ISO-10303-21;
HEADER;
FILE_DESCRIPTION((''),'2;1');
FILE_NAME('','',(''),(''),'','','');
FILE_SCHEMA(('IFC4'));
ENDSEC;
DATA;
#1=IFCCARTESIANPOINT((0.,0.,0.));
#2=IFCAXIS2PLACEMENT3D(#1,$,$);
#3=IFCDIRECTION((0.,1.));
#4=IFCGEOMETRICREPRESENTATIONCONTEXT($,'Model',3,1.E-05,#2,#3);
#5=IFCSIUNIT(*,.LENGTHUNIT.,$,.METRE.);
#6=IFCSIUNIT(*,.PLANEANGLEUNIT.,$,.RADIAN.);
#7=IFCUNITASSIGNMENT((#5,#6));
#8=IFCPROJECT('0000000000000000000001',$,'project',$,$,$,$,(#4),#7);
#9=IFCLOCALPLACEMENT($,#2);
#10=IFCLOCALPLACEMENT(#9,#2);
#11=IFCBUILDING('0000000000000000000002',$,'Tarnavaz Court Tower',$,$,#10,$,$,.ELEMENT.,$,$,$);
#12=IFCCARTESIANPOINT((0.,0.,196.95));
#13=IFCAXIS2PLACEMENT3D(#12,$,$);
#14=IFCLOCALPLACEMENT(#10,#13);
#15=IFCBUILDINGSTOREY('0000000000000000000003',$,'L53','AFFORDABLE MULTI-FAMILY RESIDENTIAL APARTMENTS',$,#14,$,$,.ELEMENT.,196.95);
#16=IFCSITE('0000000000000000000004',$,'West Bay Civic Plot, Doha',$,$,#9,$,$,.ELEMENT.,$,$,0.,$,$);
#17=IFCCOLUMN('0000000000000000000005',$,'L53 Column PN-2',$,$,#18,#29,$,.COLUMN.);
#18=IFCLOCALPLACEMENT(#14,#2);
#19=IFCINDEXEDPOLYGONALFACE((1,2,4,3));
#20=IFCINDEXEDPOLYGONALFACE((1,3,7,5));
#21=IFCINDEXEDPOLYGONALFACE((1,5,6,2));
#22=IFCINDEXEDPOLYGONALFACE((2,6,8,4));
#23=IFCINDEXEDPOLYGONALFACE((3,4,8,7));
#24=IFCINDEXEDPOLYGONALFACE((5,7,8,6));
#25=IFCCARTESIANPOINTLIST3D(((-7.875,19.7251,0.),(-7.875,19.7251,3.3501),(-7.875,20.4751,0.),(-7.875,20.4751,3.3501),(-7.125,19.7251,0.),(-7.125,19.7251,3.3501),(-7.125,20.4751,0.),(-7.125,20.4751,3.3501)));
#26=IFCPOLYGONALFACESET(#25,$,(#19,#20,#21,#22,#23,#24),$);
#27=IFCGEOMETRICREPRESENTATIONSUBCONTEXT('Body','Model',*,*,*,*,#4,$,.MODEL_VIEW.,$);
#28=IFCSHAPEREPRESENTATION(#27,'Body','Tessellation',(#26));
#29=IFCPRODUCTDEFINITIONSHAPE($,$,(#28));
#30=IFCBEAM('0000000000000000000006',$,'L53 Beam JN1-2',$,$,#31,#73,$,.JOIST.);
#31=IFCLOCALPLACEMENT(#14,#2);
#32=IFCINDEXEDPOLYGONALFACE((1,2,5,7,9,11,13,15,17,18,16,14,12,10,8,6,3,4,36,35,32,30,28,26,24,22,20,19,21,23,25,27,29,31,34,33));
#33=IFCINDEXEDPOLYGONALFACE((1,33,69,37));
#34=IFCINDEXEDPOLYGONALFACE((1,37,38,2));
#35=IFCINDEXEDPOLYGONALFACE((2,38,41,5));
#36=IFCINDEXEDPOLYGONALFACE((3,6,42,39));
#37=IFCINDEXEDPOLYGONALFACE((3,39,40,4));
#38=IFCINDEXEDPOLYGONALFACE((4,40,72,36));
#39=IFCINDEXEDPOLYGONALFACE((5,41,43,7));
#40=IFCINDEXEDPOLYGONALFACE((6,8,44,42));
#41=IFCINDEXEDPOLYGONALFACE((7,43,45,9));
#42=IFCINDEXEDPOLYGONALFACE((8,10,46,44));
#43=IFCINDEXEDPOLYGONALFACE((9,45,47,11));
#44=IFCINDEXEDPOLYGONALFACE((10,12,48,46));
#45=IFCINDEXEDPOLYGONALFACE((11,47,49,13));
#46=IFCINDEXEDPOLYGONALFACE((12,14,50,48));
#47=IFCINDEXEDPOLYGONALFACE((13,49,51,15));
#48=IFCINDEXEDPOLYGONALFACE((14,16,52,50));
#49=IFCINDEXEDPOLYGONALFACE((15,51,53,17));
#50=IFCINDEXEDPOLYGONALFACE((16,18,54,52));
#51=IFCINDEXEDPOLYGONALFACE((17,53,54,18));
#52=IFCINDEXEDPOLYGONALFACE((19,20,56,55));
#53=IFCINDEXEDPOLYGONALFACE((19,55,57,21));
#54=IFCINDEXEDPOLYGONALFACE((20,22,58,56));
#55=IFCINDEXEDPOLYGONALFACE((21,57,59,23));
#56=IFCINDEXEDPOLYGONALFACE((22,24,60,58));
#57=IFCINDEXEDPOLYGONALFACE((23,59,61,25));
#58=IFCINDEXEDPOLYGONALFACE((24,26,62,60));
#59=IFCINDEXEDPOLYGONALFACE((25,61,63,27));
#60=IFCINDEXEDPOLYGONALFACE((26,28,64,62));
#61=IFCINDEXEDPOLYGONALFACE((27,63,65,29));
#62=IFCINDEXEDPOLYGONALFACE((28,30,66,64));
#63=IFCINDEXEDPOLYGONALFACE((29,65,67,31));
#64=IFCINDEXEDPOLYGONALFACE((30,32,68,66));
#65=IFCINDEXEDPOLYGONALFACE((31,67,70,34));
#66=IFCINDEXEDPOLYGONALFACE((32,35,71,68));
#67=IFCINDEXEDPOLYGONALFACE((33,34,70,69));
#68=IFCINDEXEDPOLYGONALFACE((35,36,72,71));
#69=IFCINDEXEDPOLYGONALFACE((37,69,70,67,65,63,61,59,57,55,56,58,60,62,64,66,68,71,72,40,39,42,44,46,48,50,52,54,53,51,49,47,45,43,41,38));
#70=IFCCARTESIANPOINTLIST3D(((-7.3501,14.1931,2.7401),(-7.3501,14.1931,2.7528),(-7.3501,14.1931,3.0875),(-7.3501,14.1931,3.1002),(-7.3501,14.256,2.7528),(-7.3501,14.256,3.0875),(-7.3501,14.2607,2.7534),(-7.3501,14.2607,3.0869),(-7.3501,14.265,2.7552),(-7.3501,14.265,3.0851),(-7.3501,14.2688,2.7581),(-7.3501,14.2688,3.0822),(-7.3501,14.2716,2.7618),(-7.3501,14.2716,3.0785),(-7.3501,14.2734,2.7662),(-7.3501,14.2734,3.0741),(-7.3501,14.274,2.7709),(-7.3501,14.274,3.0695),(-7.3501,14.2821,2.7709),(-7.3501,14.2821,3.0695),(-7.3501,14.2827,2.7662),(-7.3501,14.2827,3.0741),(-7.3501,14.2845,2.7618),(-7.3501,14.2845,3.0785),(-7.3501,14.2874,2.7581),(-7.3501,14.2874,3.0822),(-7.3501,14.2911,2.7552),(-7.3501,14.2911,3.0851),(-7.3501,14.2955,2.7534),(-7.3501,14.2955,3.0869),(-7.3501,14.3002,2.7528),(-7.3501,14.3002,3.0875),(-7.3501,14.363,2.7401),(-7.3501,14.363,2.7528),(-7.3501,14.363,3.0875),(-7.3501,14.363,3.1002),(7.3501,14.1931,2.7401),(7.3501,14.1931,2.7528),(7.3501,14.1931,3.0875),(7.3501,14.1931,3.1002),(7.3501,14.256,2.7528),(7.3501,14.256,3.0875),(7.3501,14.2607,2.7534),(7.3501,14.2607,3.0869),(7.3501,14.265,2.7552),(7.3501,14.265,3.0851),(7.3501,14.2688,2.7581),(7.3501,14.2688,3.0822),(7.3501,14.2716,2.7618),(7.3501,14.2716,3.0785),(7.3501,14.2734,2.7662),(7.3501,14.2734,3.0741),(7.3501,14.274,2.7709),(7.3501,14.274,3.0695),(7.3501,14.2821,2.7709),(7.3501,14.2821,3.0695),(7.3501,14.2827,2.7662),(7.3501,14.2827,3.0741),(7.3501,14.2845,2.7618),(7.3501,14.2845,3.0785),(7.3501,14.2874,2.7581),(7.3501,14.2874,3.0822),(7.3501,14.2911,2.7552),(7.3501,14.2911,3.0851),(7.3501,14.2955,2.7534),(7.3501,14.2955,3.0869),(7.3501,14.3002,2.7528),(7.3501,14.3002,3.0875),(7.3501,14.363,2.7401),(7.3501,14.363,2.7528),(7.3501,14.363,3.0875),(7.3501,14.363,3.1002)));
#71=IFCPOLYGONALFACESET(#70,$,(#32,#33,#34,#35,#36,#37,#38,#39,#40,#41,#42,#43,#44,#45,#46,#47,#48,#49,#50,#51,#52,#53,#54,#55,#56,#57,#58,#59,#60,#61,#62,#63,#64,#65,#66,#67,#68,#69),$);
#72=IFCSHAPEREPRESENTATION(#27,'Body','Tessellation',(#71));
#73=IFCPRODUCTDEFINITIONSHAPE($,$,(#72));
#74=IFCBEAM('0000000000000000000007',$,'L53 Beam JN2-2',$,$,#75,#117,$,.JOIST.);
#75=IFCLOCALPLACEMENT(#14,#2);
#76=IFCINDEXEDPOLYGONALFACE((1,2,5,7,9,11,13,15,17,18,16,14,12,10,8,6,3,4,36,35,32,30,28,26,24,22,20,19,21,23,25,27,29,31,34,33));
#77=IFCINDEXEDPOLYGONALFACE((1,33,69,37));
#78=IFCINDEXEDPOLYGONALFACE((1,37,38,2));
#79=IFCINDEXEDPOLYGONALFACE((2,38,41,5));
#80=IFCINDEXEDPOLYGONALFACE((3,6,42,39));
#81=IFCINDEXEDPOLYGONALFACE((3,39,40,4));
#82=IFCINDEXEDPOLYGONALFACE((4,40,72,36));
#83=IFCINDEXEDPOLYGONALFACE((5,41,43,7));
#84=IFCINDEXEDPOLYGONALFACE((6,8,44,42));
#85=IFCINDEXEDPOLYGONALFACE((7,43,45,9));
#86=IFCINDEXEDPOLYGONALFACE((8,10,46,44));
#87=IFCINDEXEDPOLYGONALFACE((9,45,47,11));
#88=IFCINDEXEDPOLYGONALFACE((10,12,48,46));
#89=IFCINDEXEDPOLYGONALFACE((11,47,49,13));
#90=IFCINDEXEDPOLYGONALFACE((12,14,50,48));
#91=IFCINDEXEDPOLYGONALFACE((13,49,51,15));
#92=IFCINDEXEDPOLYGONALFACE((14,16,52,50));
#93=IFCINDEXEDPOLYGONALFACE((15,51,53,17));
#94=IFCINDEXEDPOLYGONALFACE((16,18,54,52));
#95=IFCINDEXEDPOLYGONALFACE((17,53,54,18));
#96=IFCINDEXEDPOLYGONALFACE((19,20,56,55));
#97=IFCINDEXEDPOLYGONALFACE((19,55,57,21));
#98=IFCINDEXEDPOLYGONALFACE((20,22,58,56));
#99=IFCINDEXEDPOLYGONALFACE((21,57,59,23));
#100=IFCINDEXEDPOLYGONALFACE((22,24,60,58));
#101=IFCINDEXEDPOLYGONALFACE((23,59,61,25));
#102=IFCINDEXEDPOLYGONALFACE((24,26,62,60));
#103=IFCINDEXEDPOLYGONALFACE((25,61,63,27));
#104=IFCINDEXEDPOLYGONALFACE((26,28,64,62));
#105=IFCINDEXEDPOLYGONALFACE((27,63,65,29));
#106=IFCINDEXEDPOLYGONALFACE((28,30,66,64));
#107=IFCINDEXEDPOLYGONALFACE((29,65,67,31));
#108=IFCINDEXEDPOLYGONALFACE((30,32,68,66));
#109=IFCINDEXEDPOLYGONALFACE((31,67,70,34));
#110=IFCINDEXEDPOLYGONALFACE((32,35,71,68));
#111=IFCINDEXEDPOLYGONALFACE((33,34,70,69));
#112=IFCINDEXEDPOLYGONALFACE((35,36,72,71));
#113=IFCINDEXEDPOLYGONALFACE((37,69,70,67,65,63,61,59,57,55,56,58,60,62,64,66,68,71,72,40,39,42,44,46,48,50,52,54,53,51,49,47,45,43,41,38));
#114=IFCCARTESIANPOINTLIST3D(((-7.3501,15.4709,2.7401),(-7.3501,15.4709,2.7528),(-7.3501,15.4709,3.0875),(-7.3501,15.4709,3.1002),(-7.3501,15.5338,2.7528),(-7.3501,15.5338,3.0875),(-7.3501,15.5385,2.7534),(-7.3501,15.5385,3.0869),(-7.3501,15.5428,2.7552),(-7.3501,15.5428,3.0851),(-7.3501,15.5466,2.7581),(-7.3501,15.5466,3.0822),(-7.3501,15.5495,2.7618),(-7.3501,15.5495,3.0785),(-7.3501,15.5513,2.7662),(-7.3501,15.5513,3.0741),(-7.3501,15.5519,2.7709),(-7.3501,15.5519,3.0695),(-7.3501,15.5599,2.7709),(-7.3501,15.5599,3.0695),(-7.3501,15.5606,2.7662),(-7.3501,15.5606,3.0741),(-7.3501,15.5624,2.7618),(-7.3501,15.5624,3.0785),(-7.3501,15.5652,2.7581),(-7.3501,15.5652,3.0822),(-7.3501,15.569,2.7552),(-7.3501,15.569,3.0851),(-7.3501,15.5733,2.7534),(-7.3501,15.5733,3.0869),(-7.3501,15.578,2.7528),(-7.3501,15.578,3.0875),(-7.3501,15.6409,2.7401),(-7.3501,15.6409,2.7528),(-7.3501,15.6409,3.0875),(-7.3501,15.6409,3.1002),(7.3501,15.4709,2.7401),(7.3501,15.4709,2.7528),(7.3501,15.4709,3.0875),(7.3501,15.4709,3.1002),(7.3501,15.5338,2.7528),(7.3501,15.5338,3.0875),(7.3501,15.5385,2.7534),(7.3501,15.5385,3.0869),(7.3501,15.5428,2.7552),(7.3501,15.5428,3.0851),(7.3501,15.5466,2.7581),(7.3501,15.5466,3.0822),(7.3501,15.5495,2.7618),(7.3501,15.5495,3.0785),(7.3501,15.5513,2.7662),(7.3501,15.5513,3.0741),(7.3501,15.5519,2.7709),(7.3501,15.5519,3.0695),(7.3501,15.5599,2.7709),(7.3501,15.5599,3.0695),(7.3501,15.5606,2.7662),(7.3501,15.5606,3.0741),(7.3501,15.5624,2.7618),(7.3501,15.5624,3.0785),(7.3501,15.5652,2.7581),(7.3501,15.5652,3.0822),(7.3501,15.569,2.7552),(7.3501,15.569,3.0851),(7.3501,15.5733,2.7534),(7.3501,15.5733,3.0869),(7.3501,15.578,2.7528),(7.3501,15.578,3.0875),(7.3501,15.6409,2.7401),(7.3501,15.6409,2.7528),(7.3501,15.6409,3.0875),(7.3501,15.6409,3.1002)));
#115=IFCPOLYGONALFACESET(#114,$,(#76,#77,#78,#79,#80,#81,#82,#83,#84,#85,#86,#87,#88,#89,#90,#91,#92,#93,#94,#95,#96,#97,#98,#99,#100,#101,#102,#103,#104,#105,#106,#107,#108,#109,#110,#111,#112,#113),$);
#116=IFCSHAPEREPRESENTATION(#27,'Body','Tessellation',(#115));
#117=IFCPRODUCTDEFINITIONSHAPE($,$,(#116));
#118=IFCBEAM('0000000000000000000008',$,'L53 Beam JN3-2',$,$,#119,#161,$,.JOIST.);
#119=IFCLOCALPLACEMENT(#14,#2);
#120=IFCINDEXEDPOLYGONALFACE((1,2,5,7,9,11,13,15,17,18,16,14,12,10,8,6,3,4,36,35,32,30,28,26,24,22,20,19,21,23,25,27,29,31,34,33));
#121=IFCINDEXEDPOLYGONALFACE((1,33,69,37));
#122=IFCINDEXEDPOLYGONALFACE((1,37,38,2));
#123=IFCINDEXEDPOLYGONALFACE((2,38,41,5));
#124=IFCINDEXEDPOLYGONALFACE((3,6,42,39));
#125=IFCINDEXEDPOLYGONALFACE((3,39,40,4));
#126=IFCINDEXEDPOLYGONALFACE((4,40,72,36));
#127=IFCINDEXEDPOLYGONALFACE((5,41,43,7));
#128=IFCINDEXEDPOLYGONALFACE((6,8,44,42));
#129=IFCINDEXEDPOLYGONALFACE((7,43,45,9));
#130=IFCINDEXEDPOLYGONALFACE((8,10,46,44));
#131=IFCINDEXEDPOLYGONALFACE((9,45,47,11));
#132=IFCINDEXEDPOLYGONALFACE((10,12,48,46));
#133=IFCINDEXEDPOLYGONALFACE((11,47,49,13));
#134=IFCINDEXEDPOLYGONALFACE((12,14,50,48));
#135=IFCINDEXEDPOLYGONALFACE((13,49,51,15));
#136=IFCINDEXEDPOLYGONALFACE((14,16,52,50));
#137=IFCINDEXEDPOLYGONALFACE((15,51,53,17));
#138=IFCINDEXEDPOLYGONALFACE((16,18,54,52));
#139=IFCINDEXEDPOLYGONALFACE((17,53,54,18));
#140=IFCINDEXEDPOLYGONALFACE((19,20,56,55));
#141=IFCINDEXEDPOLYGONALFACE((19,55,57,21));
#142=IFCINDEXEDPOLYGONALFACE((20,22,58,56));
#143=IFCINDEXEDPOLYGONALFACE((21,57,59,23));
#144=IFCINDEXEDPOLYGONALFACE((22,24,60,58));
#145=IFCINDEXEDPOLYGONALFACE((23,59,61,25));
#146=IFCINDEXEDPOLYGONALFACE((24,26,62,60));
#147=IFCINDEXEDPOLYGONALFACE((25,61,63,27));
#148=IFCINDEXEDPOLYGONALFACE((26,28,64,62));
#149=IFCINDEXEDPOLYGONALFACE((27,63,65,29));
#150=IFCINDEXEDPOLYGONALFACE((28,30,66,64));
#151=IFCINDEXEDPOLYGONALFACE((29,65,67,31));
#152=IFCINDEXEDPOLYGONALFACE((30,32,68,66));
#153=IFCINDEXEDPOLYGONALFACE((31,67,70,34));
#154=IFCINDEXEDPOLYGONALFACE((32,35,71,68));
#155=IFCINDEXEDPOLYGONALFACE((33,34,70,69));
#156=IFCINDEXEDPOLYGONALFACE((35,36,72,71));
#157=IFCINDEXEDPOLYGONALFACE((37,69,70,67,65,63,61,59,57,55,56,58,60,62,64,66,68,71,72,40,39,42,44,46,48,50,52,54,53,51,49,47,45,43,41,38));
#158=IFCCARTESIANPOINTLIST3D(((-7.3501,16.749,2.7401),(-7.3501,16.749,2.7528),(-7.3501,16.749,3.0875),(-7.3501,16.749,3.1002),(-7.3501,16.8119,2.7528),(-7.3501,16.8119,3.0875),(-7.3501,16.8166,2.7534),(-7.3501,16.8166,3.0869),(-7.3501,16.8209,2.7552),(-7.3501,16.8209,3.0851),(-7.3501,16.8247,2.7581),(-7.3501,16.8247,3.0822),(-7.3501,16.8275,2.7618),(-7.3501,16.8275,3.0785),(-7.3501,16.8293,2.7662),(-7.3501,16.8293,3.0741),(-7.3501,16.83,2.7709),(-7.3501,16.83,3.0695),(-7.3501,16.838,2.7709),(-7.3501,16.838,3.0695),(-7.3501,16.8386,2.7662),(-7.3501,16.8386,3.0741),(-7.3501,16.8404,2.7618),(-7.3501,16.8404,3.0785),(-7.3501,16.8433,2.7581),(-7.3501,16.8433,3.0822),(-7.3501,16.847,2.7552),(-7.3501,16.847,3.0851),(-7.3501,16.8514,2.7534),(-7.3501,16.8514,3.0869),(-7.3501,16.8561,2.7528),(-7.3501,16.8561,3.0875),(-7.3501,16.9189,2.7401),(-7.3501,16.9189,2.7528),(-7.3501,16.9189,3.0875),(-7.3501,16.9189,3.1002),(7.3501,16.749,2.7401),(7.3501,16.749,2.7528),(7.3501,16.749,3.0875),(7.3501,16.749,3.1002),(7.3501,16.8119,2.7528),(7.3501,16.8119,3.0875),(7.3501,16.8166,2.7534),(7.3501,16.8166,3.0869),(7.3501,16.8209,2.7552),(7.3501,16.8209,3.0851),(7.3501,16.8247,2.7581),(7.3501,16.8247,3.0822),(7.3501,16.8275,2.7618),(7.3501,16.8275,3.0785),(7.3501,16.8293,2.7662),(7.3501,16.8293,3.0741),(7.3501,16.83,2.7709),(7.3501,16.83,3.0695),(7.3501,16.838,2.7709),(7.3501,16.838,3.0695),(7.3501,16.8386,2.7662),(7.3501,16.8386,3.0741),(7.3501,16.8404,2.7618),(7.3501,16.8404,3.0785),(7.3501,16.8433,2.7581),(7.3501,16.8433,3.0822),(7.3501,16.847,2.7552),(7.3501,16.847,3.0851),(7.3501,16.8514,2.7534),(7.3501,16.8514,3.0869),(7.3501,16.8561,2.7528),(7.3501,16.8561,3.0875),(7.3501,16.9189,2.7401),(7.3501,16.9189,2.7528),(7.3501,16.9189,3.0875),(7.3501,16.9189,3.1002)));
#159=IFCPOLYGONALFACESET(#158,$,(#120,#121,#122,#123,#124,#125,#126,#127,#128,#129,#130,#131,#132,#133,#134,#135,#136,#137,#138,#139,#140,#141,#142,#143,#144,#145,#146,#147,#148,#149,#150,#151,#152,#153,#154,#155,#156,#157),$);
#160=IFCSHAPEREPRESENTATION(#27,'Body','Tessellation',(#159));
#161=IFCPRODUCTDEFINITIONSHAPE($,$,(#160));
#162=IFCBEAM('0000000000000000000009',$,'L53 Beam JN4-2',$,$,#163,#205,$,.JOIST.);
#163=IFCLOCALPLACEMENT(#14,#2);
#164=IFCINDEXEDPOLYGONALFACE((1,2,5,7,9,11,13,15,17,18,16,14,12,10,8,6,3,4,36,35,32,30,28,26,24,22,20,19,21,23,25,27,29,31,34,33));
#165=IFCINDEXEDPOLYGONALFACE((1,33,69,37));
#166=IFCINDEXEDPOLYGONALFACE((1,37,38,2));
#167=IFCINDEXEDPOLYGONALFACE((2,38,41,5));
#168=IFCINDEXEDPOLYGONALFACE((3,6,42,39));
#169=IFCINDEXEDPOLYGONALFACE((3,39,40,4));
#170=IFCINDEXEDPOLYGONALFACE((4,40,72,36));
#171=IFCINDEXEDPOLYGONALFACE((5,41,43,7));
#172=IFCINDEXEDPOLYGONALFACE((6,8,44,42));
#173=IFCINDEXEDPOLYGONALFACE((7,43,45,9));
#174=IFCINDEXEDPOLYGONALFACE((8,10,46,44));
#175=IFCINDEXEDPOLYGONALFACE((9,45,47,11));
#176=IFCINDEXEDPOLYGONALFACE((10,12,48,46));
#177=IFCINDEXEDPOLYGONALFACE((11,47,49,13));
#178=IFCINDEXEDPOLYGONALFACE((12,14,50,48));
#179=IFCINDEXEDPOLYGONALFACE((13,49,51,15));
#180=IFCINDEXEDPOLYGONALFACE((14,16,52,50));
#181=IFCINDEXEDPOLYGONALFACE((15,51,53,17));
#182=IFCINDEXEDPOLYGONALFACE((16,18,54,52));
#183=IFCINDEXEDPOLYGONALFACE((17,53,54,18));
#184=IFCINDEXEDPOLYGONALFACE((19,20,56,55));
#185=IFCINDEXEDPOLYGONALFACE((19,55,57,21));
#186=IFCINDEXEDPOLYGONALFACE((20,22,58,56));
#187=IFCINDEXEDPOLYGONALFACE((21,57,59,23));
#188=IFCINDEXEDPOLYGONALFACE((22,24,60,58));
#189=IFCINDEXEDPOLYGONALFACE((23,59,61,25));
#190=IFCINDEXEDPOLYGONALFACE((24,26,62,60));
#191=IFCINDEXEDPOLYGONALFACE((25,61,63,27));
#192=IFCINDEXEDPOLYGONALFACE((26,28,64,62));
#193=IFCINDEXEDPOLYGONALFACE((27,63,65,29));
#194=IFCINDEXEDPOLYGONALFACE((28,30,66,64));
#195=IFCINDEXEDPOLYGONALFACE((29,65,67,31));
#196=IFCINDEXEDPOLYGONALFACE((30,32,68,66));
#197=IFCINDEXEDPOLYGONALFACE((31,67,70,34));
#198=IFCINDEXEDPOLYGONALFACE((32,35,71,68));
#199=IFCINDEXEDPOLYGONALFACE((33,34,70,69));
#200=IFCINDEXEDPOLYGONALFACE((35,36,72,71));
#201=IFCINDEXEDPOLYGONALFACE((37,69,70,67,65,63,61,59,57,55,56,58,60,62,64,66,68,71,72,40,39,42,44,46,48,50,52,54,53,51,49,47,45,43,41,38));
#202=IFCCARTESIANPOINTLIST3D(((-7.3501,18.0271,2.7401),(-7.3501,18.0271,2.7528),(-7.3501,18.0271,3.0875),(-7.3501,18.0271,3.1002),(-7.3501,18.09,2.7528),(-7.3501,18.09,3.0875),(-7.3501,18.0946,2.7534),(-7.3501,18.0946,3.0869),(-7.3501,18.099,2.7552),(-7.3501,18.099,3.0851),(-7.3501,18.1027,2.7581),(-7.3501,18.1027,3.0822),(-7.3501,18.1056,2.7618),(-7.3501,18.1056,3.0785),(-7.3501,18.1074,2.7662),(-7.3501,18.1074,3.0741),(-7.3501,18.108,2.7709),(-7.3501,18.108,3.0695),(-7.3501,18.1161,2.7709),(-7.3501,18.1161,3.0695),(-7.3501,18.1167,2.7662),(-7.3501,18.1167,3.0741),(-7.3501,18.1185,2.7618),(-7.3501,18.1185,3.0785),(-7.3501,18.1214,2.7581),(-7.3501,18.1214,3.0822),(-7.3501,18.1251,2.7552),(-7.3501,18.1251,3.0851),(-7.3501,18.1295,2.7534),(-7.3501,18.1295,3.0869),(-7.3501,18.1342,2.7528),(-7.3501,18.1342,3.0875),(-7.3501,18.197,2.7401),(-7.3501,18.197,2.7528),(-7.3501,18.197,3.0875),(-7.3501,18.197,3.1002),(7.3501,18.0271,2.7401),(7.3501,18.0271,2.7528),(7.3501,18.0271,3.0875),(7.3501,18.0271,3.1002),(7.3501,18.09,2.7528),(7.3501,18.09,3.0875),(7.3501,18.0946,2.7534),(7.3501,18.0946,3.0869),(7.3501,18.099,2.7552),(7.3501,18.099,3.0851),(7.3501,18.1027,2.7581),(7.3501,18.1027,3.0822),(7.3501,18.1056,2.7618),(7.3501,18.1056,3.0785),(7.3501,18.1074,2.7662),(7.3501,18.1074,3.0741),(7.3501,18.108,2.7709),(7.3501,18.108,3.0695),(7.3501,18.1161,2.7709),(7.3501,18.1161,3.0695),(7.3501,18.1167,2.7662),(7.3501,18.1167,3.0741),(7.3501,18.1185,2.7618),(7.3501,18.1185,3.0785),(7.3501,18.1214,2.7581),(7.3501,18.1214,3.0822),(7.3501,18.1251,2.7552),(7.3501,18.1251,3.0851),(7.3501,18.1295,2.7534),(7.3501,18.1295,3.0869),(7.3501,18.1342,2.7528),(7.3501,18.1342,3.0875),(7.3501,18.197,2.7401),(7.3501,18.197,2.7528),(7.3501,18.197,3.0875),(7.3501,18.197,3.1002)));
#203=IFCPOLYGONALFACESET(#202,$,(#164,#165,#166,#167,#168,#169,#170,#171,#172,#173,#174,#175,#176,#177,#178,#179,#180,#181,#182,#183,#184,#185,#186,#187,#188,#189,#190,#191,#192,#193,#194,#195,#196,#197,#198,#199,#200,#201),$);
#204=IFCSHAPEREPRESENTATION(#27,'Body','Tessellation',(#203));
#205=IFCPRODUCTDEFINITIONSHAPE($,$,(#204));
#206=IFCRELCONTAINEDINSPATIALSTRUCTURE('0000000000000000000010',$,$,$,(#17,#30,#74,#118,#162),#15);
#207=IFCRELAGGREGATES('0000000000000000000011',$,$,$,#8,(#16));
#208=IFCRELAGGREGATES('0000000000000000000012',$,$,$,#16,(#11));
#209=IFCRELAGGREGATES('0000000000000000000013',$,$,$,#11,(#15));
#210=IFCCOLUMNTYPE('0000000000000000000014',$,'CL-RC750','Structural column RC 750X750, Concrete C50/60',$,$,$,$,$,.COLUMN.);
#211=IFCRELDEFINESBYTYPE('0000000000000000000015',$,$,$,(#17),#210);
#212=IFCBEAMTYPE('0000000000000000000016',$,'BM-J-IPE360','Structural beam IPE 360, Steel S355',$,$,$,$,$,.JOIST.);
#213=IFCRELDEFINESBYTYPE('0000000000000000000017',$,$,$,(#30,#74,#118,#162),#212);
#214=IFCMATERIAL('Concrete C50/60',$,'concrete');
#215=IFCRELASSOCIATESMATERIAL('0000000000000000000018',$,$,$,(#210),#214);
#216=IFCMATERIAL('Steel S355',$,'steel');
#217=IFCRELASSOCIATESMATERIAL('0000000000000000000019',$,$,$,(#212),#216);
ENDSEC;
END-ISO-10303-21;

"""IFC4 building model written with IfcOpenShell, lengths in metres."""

from ifc_helpers import new_model, si_unit, direction, frame, origin, origin_2d, place, context, subcontext, project, spatial, rectangle, i_section, extrude, material, material_profile, profile_set, type_object, element, save


model = new_model("IFC4")

# Units and contexts
model_context = context("Model", 3, precision=1e-05, world=origin(), true_north=direction((0.0, 1.0)))
body_context = subcontext(model_context, "Body", "Model", "MODEL_VIEW")
ifc_project = project(units=[si_unit("LENGTHUNIT", "METRE"), si_unit("PLANEANGLEUNIT", "RADIAN")], contexts=[model_context])

# Site, building, storey
site_placement = place(None, origin())
site = spatial("IfcSite", under=ifc_project, at=site_placement, Name="West Bay Civic Plot, Doha", CompositionType="ELEMENT", RefElevation=0.0)
building_placement = place(site_placement, origin())
building = spatial("IfcBuilding", under=site, at=building_placement, Name="Tarnavaz Court Tower", CompositionType="ELEMENT")
storey_placement = place(building_placement, frame((0.0, 0.0, 196.95)))
storey = spatial("IfcBuildingStorey", under=building, at=storey_placement, Name="L53", Description="AFFORDABLE MULTI-FAMILY RESIDENTIAL APARTMENTS", CompositionType="ELEMENT", Elevation=196.95)

# Column
ifc_material_1 = material(Name="Concrete C50/60", Category="concrete")
ifc_material_profile_1 = material_profile(ifc_material_1, rectangle(XDim=0.75, YDim=0.75, at=origin_2d()), Name="RC 750X750")
ifc_profile_set_1 = profile_set([ifc_material_profile_1], Name="Concrete C50/60")
column_type = type_object("IfcColumnType", Name="CL-RC750", Description="Structural column RC 750X750, Concrete C50/60", PredefinedType="COLUMN", material=ifc_profile_set_1)
column_placement = place(storey_placement, frame((-7.5, 20.1001, 0.0), z_axis=(0.0, 0.0, 1.0), x_axis=(1.0, 0.0, 0.0)))
element("IfcColumn", 1, at=column_placement, inside=storey, type_object=column_type, Name="L53 Column PN-2", PredefinedType="COLUMN", context=body_context, shape_type="SweptSolid", body=[
    extrude(rectangle(XDim=0.75, YDim=0.75, at=origin_2d()), origin(), (0.0, 0.0, 1.0), 3.3501),
])

# Beams
ifc_material_2 = material(Name="Steel S355", Category="steel")
ifc_material_profile_2 = material_profile(ifc_material_2, i_section(OverallWidth=0.1699, OverallDepth=0.3601, WebThickness=0.0081, FlangeThickness=0.0127, FilletRadius=0.0181, at=origin_2d()), Name="IPE 360")
ifc_profile_set_2 = profile_set([ifc_material_profile_2], Name="Steel S355")
beam_type_1 = type_object("IfcBeamType", Name="BM-J-IPE360", Description="Structural beam IPE 360, Steel S355", PredefinedType="JOIST", material=ifc_profile_set_2)
for number, where, z_axis, x_axis, name in (
    (2, (-7.3501, 14.2781, 2.9202), (1.0, 0.0, 0.0), (0.0, 1.0, 0.0), "L53 Beam JN1-2"),
    (3, (-7.3501, 15.5559, 2.9202), (1.0, 0.0, 0.0), (0.0, 1.0, 0.0), "L53 Beam JN2-2"),
    (4, (-7.3501, 16.834, 2.9202), (1.0, 0.0, 0.0), (0.0, 1.0, 0.0), "L53 Beam JN3-2"),
    (5, (-7.3501, 18.1121, 2.9202), (1.0, 0.0, 0.0), (0.0, 1.0, 0.0), "L53 Beam JN4-2"),
):
    element("IfcBeam", number, at=place(storey_placement, frame(where, z_axis=z_axis, x_axis=x_axis)), inside=storey, type_object=beam_type_1, Name=name, PredefinedType="JOIST", context=body_context, shape_type="SweptSolid", body=[
        extrude(i_section(OverallWidth=0.1699, OverallDepth=0.3601, WebThickness=0.0081, FlangeThickness=0.0127, FilletRadius=0.0181, at=origin_2d()), origin(), (0.0, 0.0, 1.0), 14.7002),
    ])

save(model, "model.ifc")
